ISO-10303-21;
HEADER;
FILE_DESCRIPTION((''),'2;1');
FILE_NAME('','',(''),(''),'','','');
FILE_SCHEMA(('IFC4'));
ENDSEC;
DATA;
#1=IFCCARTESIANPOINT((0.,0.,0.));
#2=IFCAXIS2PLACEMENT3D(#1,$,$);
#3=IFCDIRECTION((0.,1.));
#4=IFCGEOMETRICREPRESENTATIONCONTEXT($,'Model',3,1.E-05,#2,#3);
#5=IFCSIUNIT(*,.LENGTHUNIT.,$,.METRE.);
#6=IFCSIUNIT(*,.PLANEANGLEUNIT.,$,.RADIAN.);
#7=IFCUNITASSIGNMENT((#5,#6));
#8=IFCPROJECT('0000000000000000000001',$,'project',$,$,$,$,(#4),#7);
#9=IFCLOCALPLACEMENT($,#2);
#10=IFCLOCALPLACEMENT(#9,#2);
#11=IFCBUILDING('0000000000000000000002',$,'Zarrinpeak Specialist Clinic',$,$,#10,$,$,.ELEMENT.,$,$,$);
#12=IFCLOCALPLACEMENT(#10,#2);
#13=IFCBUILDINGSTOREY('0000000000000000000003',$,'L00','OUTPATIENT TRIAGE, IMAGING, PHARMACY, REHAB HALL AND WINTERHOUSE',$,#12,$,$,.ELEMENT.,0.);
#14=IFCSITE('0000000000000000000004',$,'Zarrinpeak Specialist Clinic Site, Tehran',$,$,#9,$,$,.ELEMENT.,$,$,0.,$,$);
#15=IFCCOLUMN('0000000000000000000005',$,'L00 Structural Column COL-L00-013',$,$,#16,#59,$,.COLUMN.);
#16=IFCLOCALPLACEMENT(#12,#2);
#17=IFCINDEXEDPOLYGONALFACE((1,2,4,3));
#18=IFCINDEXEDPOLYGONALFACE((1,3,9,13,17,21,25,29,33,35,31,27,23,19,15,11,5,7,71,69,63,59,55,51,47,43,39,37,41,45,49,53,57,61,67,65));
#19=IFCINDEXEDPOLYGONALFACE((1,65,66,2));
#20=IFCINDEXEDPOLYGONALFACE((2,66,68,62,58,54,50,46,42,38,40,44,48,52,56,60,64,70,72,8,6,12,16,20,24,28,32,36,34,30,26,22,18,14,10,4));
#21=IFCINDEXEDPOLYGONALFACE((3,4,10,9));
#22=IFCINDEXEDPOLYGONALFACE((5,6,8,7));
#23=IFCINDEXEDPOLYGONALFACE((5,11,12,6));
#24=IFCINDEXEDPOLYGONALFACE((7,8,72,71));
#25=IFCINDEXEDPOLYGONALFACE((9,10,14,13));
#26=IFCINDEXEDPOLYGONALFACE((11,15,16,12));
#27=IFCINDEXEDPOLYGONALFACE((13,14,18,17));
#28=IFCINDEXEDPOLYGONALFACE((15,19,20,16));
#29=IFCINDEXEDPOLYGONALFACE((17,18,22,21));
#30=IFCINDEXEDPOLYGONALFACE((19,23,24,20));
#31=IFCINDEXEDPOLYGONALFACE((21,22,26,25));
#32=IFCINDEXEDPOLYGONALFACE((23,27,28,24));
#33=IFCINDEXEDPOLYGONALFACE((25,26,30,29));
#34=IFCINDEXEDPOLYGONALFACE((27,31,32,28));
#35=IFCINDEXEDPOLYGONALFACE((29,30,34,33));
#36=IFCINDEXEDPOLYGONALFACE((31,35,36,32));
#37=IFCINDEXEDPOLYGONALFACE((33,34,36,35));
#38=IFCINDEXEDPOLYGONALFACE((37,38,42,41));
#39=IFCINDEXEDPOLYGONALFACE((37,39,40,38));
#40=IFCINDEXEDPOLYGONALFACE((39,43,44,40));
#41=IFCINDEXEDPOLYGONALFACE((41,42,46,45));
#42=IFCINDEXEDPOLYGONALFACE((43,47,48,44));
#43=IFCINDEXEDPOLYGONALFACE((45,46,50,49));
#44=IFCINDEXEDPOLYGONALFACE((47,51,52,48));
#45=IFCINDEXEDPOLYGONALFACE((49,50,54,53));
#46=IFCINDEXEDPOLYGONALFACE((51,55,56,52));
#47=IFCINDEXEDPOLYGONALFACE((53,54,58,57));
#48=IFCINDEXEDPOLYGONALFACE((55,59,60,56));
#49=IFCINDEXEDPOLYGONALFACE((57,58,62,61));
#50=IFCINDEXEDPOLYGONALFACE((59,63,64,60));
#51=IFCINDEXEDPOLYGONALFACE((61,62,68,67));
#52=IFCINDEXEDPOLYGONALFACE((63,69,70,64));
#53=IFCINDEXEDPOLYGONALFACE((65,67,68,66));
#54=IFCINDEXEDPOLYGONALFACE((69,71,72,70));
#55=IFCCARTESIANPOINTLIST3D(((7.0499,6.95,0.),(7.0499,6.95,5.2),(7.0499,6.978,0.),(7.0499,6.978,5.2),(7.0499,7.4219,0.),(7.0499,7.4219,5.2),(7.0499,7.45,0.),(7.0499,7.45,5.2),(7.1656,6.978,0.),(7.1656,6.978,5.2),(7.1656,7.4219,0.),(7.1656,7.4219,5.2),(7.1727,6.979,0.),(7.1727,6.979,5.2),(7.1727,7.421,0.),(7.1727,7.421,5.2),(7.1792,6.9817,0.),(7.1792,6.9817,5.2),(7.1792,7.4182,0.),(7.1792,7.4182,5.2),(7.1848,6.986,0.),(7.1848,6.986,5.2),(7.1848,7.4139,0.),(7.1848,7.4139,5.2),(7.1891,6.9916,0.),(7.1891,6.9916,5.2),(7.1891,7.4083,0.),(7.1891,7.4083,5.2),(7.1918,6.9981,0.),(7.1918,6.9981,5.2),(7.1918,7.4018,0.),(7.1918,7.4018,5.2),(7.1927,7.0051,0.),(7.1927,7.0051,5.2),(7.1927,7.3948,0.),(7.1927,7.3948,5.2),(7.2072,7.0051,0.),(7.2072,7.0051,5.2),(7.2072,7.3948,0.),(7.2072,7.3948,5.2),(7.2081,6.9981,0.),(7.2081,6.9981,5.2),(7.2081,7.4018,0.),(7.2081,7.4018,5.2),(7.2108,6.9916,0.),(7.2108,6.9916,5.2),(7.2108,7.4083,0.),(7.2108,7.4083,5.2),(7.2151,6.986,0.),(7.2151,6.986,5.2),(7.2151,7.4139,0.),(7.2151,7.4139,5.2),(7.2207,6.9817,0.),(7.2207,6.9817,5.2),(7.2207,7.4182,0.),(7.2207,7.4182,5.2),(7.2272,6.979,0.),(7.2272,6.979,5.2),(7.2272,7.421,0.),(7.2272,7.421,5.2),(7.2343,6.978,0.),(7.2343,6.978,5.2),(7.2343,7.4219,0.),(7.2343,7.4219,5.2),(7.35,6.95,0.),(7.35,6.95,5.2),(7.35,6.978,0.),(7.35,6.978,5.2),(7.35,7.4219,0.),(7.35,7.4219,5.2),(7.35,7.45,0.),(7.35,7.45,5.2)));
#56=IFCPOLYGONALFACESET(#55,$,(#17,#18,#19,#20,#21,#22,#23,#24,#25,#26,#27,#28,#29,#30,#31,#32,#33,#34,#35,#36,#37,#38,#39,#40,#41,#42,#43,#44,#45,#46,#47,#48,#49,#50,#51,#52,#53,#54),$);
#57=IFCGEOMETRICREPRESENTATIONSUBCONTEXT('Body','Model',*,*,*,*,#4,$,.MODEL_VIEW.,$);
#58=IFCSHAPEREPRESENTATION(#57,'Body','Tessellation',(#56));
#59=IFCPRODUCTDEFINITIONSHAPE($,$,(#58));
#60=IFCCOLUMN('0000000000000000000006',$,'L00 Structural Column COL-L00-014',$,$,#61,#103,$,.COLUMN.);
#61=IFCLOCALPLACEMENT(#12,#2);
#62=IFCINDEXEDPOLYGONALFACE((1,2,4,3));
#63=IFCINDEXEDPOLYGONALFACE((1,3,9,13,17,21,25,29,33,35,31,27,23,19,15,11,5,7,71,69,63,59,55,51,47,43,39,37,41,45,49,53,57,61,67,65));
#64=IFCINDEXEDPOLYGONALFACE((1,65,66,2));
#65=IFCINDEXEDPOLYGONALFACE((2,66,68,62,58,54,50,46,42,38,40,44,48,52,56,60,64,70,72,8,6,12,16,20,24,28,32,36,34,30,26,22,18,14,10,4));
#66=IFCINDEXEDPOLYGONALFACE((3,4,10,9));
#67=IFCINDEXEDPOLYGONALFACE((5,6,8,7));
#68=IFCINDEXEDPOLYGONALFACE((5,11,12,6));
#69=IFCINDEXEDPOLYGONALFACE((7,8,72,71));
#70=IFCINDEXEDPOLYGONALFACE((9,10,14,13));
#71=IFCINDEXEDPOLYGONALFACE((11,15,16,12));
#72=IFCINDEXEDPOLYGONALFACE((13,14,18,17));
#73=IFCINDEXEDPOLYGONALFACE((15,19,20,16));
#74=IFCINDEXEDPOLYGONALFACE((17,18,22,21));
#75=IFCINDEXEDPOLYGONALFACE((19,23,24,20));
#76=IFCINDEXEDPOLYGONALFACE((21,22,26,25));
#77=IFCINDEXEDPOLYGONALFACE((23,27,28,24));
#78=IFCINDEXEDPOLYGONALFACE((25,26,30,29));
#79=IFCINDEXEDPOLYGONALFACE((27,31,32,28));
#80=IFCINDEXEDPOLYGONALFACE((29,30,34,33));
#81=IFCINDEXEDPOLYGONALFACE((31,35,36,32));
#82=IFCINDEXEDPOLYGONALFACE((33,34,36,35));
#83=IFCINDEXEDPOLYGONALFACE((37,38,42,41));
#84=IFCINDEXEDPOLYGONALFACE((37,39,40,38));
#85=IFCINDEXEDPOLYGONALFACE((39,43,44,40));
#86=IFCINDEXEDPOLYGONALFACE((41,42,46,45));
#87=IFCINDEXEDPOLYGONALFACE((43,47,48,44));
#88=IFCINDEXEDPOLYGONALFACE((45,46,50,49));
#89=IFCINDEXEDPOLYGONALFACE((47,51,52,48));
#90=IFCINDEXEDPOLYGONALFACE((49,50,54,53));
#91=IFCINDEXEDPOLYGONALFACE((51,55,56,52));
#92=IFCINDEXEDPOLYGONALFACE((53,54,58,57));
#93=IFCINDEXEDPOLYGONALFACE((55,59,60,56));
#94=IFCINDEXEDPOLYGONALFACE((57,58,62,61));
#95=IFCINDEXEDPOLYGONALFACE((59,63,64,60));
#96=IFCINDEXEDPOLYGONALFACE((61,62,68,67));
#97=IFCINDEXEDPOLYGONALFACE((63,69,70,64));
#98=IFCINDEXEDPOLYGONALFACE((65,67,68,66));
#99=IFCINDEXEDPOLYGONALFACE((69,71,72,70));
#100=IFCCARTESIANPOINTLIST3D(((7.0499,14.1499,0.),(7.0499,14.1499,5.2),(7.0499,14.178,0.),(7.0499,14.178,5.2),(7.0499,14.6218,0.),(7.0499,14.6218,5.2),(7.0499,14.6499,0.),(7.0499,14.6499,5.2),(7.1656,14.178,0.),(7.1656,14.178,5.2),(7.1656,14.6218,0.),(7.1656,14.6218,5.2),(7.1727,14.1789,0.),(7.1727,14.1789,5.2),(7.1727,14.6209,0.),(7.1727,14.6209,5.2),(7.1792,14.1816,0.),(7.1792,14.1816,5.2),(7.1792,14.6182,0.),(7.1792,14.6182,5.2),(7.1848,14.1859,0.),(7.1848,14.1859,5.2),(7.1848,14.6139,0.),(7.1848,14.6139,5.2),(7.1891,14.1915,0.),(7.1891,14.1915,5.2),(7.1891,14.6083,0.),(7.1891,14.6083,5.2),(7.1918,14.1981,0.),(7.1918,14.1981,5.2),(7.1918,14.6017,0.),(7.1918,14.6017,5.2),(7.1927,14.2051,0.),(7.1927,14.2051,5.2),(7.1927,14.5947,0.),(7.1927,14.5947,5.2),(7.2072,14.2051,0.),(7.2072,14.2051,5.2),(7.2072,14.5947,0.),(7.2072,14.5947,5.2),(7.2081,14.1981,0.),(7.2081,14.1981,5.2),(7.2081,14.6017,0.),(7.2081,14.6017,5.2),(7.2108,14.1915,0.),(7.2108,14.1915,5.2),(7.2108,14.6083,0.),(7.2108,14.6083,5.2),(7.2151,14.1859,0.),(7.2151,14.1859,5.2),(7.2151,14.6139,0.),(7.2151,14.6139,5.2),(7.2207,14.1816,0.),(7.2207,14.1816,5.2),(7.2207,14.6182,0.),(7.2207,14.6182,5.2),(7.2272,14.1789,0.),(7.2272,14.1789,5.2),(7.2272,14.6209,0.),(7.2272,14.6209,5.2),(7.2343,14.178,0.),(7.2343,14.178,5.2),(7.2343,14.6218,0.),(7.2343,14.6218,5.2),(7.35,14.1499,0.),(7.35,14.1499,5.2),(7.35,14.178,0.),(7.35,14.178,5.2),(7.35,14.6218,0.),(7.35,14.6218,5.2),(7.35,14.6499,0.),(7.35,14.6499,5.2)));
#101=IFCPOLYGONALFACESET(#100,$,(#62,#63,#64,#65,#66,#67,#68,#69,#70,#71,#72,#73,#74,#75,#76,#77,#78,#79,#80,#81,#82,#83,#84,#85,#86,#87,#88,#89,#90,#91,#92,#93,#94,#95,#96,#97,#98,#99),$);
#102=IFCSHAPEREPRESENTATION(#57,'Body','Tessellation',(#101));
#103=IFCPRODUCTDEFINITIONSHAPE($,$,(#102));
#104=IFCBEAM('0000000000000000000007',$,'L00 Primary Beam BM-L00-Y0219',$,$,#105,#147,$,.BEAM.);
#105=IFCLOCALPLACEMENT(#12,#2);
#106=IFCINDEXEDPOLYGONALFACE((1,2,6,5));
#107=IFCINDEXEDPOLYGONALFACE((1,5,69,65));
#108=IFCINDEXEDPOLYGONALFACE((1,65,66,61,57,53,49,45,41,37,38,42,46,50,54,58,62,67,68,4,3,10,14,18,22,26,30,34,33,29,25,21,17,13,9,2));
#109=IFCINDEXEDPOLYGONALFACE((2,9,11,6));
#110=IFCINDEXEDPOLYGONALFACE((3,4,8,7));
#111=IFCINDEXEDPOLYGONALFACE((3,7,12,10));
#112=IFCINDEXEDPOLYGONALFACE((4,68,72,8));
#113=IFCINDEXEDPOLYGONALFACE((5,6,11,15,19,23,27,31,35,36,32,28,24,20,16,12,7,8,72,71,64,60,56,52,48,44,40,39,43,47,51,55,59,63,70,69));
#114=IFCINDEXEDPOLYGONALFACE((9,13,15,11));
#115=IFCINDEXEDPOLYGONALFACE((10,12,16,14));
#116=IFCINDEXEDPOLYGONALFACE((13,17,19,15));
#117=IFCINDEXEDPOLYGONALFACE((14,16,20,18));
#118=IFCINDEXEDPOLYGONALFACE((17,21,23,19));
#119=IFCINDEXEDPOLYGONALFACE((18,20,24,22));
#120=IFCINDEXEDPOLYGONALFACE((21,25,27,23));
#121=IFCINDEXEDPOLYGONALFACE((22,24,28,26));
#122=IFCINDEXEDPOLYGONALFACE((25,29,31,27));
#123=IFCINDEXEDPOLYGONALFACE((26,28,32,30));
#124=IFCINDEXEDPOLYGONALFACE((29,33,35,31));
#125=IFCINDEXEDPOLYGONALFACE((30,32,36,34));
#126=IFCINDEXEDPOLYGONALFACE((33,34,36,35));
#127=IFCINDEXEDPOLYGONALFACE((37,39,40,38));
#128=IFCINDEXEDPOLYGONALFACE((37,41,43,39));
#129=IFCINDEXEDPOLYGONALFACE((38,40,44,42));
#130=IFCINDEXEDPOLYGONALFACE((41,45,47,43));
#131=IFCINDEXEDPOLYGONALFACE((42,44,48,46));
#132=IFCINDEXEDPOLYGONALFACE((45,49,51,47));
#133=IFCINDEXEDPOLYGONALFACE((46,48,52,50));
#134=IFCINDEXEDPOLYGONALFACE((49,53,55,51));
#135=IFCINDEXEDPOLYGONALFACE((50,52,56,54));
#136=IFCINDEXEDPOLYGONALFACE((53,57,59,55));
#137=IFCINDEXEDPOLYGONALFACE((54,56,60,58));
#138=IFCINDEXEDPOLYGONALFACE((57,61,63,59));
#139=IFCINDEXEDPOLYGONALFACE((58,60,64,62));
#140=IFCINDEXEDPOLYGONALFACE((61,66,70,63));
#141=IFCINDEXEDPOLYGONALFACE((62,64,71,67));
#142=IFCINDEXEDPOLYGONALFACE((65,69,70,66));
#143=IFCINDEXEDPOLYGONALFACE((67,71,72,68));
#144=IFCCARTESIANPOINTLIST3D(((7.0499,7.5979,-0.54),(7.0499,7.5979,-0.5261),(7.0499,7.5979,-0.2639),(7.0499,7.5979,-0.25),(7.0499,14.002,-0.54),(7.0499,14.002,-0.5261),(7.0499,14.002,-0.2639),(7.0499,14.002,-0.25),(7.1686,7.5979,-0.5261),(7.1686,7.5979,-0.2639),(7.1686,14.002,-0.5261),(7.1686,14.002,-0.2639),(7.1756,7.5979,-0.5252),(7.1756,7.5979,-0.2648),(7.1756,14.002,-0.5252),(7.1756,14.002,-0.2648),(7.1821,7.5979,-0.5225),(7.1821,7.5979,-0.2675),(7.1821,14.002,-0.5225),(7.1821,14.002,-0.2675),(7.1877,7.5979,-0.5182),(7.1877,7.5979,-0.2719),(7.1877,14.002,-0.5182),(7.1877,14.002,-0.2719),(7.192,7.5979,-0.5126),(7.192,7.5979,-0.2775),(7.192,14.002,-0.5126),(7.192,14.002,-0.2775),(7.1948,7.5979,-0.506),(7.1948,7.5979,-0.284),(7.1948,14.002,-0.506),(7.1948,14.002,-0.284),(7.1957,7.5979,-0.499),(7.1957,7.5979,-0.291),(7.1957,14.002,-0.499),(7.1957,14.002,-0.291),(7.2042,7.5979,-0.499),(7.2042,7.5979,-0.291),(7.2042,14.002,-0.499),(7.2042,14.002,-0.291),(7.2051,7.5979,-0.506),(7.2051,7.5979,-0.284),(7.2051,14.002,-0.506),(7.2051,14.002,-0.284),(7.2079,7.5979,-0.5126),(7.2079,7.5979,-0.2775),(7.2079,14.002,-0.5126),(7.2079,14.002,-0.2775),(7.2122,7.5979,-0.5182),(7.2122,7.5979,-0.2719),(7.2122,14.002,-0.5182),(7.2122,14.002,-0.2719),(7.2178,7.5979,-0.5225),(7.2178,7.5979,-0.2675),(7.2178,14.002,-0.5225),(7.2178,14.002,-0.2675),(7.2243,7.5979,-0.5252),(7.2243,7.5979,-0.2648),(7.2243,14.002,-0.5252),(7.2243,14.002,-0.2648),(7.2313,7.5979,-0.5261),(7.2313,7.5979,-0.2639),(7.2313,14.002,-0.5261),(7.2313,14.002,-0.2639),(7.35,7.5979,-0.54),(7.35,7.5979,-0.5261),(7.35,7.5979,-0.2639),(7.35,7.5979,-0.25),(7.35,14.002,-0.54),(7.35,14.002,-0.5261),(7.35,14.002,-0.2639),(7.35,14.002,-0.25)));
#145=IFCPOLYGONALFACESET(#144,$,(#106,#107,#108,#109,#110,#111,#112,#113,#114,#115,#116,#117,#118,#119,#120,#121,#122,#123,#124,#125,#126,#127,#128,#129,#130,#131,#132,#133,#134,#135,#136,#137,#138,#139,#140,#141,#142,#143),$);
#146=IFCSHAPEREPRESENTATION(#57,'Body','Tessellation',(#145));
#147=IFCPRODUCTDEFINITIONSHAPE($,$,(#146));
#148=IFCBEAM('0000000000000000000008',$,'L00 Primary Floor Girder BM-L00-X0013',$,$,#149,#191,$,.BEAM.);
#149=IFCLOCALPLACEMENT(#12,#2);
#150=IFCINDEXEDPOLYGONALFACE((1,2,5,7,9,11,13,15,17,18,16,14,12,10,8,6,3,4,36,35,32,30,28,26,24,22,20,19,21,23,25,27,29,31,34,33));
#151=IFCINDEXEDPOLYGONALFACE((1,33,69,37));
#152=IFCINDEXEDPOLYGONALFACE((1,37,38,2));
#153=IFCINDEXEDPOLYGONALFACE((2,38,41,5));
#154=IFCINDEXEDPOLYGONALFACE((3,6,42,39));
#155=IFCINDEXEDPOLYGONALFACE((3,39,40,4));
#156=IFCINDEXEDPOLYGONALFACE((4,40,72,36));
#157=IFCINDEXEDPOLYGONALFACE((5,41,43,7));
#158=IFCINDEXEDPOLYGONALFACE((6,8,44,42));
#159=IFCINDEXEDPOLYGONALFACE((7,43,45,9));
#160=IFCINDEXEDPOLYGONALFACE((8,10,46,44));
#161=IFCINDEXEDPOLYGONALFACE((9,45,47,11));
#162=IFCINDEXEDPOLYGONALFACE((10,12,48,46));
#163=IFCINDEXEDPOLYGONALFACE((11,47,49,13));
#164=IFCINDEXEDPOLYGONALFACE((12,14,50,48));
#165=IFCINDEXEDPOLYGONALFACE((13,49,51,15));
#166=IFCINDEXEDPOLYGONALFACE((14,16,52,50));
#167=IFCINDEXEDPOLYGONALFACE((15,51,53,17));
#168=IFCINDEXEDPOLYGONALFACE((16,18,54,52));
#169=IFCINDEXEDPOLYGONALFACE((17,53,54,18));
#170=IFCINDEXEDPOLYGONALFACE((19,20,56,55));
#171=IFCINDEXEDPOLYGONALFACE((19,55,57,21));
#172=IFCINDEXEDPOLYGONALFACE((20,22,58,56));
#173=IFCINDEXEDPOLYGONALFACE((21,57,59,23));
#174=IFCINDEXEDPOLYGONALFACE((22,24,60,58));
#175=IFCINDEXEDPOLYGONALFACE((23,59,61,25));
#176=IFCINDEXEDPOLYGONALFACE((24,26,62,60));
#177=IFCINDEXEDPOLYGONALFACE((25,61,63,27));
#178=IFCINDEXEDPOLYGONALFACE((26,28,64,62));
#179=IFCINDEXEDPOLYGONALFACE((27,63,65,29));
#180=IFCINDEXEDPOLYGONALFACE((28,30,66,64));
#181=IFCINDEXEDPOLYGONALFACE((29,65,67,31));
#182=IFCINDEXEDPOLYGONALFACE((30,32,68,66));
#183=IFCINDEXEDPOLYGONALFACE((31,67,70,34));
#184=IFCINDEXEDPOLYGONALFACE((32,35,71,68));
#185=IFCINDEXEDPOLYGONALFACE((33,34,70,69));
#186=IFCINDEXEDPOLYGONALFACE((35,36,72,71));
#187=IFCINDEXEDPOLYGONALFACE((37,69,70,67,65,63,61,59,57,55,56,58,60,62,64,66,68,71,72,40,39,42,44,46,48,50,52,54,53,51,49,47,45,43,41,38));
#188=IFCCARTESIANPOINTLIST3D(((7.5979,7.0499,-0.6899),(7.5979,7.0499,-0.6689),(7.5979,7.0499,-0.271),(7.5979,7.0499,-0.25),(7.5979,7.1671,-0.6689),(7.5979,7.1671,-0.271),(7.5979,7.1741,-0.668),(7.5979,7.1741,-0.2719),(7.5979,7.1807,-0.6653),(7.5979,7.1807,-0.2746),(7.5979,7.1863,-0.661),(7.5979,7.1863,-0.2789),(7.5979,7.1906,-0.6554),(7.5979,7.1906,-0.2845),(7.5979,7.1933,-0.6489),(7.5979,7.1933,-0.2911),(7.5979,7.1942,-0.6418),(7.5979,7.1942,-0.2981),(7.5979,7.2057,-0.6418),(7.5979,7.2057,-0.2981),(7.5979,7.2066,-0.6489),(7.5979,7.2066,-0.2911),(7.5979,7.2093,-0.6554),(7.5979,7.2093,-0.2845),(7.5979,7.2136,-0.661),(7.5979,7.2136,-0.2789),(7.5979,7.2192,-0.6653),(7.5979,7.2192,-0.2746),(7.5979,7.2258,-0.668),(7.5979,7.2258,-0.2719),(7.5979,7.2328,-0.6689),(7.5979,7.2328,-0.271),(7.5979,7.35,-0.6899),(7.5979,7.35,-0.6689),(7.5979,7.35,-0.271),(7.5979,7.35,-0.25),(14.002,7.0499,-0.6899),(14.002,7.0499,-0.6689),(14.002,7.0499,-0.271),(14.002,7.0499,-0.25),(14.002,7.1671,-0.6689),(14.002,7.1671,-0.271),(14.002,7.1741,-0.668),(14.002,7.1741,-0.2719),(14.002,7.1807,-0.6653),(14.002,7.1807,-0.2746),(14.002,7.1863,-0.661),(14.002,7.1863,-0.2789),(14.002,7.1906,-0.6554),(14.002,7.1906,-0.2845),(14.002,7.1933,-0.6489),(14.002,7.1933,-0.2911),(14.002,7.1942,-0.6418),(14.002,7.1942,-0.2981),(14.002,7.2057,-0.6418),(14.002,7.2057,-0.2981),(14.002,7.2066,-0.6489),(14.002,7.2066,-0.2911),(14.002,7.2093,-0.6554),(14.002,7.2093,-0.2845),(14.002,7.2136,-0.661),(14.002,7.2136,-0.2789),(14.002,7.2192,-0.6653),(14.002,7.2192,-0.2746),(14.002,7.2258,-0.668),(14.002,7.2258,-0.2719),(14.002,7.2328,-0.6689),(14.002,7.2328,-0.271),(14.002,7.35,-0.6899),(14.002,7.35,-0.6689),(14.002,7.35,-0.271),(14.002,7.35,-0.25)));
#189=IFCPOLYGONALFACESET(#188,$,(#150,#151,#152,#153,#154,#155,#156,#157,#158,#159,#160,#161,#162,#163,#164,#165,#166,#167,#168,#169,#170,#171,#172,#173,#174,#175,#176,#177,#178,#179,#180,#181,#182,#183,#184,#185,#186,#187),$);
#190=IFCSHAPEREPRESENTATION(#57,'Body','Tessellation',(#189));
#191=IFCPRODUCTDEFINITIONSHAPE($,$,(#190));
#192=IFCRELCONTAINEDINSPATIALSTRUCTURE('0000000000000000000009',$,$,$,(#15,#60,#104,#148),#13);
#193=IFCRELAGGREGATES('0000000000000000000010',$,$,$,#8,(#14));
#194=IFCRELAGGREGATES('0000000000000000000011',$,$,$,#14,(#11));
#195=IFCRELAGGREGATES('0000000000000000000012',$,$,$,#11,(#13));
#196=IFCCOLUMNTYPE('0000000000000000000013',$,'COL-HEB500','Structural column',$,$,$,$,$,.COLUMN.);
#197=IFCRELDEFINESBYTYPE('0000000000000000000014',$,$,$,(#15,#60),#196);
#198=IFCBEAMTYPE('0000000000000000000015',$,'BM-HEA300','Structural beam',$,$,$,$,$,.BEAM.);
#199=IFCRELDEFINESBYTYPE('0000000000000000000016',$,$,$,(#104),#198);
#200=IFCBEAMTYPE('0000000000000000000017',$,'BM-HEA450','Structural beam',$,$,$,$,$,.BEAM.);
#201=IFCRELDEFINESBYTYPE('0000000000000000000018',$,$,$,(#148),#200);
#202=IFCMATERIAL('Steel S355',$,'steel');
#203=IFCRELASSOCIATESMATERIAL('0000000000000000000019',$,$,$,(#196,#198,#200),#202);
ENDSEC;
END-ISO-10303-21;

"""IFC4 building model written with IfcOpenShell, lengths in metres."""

from ifc_helpers import new_model, si_unit, direction, frame, origin, origin_2d, place, context, subcontext, project, spatial, i_section, extrude, material, material_profile, profile_set, type_object, element, save


model = new_model("IFC4")

# Units and contexts
model_context = context("Model", 3, precision=1e-05, world=origin(), true_north=direction((0.0, 1.0)))
body_context = subcontext(model_context, "Body", "Model", "MODEL_VIEW")
ifc_project = project(units=[si_unit("LENGTHUNIT", "METRE"), si_unit("PLANEANGLEUNIT", "RADIAN")], contexts=[model_context])

# Site, building, storey
site_placement = place(None, origin())
site = spatial("IfcSite", under=ifc_project, at=site_placement, Name="Zarrinpeak Specialist Clinic Site, Tehran", CompositionType="ELEMENT", RefElevation=0.0)
building_placement = place(site_placement, origin())
building = spatial("IfcBuilding", under=site, at=building_placement, Name="Zarrinpeak Specialist Clinic", CompositionType="ELEMENT")
storey_placement = place(building_placement, origin())
storey = spatial("IfcBuildingStorey", under=building, at=storey_placement, Name="L00", Description="OUTPATIENT TRIAGE, IMAGING, PHARMACY, REHAB HALL AND WINTERHOUSE", CompositionType="ELEMENT", Elevation=0.0)

# Columns
ifc_material_1 = material(Name="Steel S355", Category="steel")
ifc_material_profile_1 = material_profile(ifc_material_1, i_section(OverallWidth=0.3, OverallDepth=0.5, WebThickness=0.0144, FlangeThickness=0.0281, FilletRadius=0.0271, at=origin_2d()), Name="HEB 500")
ifc_profile_set_1 = profile_set([ifc_material_profile_1], Name="Steel S355")
column_type = type_object("IfcColumnType", Name="COL-HEB500", Description="Structural column", PredefinedType="COLUMN", material=ifc_profile_set_1)
for number, where, z_axis, x_axis, name in (
    (1, (7.2, 7.2, 0.0), (0.0, 0.0, 1.0), (1.0, 0.0, 0.0), "L00 Structural Column COL-L00-013"),
    (2, (7.2, 14.3999, 0.0), (0.0, 0.0, 1.0), (1.0, 0.0, 0.0), "L00 Structural Column COL-L00-014"),
):
    element("IfcColumn", number, at=place(storey_placement, frame(where, z_axis=z_axis, x_axis=x_axis)), inside=storey, type_object=column_type, Name=name, PredefinedType="COLUMN", context=body_context, shape_type="SweptSolid", body=[
        extrude(i_section(OverallWidth=0.3, OverallDepth=0.5, WebThickness=0.0144, FlangeThickness=0.0281, FilletRadius=0.0271, at=origin_2d()), origin(), (0.0, 0.0, 1.0), 5.2),
    ])

# Beams
ifc_material_profile_2 = material_profile(ifc_material_1, i_section(OverallWidth=0.3, OverallDepth=0.29, WebThickness=0.0085, FlangeThickness=0.0139, FilletRadius=0.0271, at=origin_2d()), Name="HEA 300")
ifc_profile_set_2 = profile_set([ifc_material_profile_2], Name="Steel S355")
beam_type_1 = type_object("IfcBeamType", Name="BM-HEA300", Description="Structural beam", PredefinedType="BEAM", material=ifc_profile_set_2)
beam_1_placement = place(storey_placement, frame((7.2, 7.5979, -0.395), z_axis=(0.0, 1.0, 0.0), x_axis=(-1.0, 0.0, 0.0)))
element("IfcBeam", 3, at=beam_1_placement, inside=storey, type_object=beam_type_1, Name="L00 Primary Beam BM-L00-Y0219", PredefinedType="BEAM", context=body_context, shape_type="SweptSolid", body=[
    extrude(i_section(OverallWidth=0.3, OverallDepth=0.29, WebThickness=0.0085, FlangeThickness=0.0139, FilletRadius=0.0271, at=origin_2d()), origin(), (0.0, 0.0, 1.0), 6.4041),
])
ifc_material_profile_3 = material_profile(ifc_material_1, i_section(OverallWidth=0.3, OverallDepth=0.4399, WebThickness=0.0115, FlangeThickness=0.021, FilletRadius=0.0271, at=origin_2d()), Name="HEA 450")
ifc_profile_set_3 = profile_set([ifc_material_profile_3], Name="Steel S355")
beam_type_2 = type_object("IfcBeamType", Name="BM-HEA450", Description="Structural beam", PredefinedType="BEAM", material=ifc_profile_set_3)
for number, where, z_axis, x_axis, name in (
    (4, (7.5979, 7.2, -0.47), (1.0, 0.0, 0.0), (0.0, 1.0, 0.0), "L00 Primary Floor Girder BM-L00-X0013"),
):
    element("IfcBeam", number, at=place(storey_placement, frame(where, z_axis=z_axis, x_axis=x_axis)), inside=storey, type_object=beam_type_2, Name=name, PredefinedType="BEAM", context=body_context, shape_type="SweptSolid", body=[
        extrude(i_section(OverallWidth=0.3, OverallDepth=0.4399, WebThickness=0.0115, FlangeThickness=0.021, FilletRadius=0.0271, at=origin_2d()), origin(), (0.0, 0.0, 1.0), 6.4041),
    ])

save(model, "model.ifc")
